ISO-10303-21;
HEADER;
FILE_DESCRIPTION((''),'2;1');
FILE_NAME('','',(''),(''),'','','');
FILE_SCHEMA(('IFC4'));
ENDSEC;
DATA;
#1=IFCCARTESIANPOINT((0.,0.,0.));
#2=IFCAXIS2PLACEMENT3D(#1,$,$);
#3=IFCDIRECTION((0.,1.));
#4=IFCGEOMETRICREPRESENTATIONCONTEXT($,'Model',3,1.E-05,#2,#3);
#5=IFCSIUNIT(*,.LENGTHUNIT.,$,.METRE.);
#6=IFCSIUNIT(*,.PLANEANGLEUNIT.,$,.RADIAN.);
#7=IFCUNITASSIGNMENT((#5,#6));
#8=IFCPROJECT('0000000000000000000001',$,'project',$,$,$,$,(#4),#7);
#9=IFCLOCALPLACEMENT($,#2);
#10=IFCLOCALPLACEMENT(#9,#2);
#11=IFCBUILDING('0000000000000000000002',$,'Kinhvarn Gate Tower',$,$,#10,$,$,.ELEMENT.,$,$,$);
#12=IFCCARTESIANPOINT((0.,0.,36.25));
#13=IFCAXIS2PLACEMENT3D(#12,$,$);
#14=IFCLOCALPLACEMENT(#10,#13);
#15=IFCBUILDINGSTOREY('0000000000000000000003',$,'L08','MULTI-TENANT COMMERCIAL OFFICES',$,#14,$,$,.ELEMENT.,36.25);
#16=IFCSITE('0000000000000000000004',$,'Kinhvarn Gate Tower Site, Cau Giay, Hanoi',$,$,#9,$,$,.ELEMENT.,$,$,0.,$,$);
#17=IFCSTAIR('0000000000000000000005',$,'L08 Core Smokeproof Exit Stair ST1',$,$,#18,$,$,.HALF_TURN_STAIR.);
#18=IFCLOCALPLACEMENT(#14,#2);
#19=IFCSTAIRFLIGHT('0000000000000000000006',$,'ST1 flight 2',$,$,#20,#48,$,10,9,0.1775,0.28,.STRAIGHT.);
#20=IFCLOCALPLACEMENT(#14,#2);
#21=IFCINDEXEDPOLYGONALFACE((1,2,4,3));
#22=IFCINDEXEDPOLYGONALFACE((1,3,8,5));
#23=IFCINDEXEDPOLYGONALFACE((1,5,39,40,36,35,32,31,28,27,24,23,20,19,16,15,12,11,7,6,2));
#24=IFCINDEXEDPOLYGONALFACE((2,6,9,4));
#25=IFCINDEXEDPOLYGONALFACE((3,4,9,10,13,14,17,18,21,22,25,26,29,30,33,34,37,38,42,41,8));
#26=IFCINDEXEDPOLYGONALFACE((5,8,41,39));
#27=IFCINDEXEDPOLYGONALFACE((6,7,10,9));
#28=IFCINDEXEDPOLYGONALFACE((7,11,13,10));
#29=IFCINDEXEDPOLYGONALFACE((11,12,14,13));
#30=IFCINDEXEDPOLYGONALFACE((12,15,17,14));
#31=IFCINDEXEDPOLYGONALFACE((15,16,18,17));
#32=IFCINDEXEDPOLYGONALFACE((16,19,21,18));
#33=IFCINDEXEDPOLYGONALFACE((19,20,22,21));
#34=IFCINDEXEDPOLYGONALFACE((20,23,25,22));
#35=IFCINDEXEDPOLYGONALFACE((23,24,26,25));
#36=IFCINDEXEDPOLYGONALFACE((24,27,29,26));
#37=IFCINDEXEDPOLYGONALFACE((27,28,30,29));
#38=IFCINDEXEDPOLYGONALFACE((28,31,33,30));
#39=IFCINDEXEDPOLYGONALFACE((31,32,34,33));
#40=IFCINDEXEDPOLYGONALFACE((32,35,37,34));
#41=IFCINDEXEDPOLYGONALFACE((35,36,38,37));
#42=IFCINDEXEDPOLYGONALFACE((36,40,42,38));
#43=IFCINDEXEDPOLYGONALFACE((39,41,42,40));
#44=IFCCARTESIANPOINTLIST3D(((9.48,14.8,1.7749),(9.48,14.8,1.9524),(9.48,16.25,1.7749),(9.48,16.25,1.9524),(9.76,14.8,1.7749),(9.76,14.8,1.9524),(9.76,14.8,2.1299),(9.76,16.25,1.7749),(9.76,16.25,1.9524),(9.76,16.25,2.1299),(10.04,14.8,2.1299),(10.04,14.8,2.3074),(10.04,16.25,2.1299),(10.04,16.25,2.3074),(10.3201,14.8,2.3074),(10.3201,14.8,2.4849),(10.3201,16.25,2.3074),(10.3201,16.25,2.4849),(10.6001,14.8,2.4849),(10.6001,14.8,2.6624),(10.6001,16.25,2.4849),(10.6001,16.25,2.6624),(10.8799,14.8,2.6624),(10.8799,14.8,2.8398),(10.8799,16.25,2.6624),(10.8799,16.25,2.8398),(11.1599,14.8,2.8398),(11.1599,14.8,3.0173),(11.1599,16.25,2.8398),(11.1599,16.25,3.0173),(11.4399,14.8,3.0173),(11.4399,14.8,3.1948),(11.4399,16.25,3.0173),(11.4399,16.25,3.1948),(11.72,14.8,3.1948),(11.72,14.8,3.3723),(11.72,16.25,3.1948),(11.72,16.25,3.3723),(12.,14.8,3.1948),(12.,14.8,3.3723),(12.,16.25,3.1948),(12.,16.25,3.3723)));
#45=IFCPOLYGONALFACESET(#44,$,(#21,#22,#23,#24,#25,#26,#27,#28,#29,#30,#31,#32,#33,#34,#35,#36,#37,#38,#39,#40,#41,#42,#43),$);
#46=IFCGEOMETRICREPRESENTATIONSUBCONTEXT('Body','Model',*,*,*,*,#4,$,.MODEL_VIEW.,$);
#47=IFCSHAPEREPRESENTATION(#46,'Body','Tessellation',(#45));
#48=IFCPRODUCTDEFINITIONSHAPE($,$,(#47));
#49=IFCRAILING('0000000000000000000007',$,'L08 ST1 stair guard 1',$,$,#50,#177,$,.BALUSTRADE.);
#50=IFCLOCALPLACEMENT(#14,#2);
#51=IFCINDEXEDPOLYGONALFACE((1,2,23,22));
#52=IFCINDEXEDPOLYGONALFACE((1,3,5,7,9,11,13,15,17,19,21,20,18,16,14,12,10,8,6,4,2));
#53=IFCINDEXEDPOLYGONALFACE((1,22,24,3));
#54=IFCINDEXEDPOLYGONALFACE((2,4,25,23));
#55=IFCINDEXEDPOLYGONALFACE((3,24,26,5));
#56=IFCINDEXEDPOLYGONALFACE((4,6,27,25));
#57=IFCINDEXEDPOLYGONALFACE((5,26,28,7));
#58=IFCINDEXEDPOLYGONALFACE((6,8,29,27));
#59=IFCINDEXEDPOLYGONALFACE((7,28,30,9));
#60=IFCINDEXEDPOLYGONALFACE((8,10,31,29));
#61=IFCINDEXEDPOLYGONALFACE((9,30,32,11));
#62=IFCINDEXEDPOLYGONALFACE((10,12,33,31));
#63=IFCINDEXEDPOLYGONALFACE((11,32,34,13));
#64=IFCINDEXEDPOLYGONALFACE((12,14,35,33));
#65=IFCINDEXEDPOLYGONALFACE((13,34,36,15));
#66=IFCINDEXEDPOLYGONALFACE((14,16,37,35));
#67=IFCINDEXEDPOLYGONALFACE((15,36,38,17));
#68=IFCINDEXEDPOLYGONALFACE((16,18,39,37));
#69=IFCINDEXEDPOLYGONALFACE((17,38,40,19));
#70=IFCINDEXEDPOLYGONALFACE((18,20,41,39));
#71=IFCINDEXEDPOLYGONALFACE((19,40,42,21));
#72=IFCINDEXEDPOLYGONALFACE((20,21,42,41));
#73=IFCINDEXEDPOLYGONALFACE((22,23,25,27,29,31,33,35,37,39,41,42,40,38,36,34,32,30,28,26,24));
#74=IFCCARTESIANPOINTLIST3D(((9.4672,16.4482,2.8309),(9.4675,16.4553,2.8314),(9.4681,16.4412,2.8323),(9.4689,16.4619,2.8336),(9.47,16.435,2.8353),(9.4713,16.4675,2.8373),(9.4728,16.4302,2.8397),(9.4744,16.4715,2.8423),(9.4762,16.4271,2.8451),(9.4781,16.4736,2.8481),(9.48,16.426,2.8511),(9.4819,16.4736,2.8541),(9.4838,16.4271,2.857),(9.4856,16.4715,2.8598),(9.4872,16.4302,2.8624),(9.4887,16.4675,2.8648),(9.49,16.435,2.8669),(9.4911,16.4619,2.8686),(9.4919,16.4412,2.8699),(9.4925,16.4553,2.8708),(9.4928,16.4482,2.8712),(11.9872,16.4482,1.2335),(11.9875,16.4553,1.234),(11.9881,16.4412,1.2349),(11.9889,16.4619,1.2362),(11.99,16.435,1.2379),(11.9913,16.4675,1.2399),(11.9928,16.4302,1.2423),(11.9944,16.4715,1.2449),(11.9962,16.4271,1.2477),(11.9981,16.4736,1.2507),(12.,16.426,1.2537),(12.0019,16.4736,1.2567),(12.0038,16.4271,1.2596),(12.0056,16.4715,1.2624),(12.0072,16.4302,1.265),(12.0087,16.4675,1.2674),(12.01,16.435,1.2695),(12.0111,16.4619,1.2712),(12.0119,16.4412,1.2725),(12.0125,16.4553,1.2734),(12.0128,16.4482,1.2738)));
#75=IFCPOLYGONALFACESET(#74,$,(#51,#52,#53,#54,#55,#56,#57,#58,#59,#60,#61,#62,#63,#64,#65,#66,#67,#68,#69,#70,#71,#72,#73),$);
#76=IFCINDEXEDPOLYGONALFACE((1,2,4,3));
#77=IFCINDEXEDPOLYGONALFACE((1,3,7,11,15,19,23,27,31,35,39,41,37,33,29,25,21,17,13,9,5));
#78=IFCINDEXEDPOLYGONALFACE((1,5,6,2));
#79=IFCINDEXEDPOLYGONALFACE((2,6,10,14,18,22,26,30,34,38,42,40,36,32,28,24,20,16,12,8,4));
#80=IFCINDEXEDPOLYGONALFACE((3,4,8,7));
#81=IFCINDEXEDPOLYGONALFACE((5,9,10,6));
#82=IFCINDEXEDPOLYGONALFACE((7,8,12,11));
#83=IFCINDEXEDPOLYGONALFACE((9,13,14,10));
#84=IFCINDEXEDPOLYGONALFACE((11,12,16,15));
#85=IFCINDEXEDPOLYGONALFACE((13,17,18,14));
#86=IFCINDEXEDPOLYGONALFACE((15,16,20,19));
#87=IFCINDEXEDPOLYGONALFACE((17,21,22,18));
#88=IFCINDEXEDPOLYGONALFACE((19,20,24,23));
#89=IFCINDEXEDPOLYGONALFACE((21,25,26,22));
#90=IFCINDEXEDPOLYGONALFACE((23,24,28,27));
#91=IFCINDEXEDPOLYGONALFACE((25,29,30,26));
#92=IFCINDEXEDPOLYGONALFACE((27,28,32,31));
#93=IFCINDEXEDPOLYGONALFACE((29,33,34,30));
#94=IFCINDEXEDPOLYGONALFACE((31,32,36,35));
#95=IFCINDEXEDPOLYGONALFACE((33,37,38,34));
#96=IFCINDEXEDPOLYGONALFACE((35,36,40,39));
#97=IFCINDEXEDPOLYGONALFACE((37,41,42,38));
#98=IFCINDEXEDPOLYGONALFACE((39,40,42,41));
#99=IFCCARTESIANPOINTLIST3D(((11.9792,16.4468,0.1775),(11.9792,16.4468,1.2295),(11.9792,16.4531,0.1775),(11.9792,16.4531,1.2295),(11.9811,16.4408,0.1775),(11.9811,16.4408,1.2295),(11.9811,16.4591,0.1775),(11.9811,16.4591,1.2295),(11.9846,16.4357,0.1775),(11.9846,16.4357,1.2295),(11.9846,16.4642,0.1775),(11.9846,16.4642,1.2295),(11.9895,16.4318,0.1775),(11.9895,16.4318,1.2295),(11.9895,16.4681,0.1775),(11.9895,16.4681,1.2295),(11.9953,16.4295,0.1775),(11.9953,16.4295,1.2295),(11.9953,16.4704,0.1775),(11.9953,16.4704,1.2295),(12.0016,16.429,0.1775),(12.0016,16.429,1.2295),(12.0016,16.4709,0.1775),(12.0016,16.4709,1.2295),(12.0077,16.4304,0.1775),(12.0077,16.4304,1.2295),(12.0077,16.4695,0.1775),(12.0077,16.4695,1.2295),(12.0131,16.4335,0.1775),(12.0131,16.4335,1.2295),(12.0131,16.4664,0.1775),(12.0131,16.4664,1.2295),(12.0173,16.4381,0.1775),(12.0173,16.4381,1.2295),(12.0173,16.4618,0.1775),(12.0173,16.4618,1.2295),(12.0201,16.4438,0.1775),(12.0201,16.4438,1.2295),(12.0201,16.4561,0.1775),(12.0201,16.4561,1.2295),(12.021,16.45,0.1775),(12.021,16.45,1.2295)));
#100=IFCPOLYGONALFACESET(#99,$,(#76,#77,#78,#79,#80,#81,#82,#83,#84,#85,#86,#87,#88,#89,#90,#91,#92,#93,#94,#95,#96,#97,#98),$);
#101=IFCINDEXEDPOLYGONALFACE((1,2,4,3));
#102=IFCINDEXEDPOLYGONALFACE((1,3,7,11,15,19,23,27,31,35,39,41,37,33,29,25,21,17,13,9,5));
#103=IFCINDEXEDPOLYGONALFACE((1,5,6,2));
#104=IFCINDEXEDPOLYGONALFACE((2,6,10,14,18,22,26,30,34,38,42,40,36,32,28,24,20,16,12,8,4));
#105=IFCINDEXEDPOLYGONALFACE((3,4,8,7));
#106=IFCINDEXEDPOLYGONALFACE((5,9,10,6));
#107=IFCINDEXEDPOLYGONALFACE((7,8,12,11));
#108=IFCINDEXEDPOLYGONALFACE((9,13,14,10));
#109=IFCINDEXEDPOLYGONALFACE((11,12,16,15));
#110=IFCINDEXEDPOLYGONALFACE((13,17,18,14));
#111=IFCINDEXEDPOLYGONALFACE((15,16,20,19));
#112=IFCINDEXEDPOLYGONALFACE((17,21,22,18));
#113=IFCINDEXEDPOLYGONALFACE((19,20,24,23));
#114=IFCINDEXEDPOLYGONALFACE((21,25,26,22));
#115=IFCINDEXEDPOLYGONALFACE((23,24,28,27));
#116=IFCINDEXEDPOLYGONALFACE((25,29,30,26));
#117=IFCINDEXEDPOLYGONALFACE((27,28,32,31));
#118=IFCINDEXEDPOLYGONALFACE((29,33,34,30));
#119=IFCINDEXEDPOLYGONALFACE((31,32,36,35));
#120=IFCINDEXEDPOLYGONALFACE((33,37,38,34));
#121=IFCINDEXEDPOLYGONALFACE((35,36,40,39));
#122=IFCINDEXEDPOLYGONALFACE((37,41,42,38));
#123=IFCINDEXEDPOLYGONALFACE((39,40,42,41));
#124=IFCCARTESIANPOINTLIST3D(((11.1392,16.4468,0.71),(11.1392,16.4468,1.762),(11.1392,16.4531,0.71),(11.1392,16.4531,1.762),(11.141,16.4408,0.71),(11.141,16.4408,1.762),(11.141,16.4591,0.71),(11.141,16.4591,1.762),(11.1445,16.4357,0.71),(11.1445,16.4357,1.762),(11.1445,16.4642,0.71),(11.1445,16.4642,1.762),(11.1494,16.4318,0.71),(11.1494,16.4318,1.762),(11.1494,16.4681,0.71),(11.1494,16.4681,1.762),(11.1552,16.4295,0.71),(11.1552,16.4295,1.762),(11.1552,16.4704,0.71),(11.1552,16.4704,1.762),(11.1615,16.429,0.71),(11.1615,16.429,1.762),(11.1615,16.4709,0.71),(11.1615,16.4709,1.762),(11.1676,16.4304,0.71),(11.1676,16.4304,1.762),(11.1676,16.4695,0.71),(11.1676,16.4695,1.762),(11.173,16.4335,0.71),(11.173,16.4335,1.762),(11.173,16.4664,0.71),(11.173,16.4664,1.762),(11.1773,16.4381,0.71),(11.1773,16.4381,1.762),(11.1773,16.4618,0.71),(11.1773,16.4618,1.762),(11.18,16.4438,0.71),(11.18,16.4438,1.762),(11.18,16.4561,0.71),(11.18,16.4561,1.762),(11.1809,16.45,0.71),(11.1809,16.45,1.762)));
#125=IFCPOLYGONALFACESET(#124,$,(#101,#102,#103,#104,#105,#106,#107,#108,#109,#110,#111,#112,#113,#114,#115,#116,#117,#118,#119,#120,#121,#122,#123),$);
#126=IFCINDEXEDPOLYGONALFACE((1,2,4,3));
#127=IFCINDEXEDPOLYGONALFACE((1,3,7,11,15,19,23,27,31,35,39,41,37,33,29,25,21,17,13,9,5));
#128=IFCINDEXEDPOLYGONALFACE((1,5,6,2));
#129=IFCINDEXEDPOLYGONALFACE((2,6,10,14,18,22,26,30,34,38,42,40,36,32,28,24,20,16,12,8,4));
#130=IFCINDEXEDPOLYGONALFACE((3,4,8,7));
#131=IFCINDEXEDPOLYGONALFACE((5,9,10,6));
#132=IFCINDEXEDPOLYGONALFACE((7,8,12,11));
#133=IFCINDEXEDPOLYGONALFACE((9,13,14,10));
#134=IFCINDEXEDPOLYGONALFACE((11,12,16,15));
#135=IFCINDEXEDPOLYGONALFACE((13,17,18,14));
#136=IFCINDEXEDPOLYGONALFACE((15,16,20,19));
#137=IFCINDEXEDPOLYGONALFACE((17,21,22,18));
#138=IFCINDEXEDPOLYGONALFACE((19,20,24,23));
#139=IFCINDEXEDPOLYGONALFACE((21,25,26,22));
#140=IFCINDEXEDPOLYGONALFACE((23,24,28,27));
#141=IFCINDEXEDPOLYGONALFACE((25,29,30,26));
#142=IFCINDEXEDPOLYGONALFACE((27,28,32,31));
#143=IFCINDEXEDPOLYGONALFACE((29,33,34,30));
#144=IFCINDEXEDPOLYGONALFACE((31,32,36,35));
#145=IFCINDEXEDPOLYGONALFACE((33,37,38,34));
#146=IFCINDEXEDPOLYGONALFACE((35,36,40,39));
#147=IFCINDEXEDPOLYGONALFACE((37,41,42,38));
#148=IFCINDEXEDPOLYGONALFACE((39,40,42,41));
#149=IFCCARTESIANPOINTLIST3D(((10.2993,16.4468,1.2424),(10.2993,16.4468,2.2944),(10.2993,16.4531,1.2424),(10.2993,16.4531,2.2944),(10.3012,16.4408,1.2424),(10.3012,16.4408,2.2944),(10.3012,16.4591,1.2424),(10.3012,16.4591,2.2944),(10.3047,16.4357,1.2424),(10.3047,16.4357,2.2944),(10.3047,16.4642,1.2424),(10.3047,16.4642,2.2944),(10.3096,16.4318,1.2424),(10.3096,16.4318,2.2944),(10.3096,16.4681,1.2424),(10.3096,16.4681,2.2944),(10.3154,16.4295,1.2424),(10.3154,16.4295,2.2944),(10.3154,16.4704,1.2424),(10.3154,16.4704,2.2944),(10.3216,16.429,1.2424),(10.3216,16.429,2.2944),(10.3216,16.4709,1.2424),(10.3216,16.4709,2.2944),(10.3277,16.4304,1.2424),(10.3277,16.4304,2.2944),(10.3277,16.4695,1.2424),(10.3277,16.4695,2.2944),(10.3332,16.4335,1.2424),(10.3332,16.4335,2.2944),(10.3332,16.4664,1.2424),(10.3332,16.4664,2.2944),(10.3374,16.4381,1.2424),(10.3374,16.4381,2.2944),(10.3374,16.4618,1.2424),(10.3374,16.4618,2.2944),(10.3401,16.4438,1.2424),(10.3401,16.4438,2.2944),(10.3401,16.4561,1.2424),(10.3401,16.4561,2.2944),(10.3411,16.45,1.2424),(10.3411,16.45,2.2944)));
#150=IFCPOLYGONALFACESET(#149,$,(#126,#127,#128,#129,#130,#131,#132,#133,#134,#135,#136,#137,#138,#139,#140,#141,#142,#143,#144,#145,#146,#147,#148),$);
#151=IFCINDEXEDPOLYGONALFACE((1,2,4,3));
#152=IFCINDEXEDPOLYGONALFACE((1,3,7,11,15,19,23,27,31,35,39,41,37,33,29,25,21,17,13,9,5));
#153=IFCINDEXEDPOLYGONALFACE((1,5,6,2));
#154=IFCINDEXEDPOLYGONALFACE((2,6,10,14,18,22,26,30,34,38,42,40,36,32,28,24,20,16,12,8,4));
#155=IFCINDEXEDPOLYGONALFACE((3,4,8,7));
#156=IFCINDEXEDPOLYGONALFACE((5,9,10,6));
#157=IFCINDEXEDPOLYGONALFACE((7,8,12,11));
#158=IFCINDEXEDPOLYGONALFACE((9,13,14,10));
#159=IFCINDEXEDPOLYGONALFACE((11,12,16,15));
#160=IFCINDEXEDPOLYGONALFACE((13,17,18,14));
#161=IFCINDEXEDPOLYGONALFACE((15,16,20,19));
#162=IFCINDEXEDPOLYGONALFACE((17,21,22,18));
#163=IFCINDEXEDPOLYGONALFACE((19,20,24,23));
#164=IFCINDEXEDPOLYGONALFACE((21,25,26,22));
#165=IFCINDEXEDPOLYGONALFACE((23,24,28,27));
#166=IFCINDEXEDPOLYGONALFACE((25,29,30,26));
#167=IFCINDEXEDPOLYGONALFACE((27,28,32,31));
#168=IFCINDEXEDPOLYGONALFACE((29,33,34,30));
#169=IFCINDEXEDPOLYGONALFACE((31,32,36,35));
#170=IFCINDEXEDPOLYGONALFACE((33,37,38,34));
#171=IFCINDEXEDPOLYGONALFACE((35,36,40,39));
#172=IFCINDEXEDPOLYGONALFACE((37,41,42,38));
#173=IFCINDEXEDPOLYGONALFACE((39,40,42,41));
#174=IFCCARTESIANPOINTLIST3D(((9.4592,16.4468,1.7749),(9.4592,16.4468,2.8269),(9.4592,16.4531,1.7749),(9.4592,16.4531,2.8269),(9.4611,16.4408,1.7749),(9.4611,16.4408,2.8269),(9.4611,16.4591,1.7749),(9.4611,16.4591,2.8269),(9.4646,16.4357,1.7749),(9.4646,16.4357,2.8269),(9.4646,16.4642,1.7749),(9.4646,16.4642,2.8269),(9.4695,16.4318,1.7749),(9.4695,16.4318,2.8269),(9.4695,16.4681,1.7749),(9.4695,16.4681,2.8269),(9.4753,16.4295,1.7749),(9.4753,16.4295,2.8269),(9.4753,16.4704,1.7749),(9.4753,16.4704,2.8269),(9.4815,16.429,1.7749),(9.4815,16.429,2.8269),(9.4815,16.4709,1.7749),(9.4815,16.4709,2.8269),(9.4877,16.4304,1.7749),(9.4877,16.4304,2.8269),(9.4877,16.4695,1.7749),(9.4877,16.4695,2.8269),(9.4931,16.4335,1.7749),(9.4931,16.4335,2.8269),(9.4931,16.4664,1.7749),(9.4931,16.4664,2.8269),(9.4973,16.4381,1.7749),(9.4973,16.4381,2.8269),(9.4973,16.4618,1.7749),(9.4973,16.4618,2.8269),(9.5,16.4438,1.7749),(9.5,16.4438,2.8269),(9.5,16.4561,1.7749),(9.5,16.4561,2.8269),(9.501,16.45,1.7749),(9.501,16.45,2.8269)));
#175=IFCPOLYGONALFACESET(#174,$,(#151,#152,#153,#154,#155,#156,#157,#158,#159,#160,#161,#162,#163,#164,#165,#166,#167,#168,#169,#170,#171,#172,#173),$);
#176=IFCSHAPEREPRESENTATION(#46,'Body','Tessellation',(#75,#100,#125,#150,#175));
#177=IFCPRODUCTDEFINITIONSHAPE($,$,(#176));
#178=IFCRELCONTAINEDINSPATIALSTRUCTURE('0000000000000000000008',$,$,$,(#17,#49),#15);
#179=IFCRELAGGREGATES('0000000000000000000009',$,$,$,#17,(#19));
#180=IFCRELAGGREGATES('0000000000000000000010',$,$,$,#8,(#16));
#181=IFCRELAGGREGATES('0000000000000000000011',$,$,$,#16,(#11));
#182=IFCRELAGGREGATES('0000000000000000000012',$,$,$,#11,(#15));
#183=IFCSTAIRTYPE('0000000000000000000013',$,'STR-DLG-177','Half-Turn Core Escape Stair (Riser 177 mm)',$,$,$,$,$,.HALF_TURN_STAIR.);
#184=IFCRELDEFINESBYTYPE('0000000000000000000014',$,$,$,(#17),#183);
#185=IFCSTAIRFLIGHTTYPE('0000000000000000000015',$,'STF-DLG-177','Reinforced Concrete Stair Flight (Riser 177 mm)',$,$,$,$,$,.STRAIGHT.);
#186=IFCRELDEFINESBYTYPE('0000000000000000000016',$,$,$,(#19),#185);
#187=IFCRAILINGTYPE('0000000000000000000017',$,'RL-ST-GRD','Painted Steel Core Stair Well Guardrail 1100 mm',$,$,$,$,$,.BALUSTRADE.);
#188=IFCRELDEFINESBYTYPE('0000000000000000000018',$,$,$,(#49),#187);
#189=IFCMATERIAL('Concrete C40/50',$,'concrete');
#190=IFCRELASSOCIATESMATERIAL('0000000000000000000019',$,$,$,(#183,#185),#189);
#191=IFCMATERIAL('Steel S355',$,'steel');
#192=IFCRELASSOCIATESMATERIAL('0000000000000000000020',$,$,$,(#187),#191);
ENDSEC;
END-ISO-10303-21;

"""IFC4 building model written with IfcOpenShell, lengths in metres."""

from ifc_helpers import new_model, si_unit, direction, frame, origin, origin_2d, place, context, subcontext, project, spatial, polyline, circle, outline, extrude, material, type_object, element, aggregate, save


model = new_model("IFC4")

# Units and contexts
model_context = context("Model", 3, precision=1e-05, world=origin(), true_north=direction((0.0, 1.0)))
body_context = subcontext(model_context, "Body", "Model", "MODEL_VIEW")
ifc_project = project(units=[si_unit("LENGTHUNIT", "METRE"), si_unit("PLANEANGLEUNIT", "RADIAN")], contexts=[model_context])

# Site, building, storey
site_placement = place(None, origin())
site = spatial("IfcSite", under=ifc_project, at=site_placement, Name="Kinhvarn Gate Tower Site, Cau Giay, Hanoi", CompositionType="ELEMENT", RefElevation=0.0)
building_placement = place(site_placement, origin())
building = spatial("IfcBuilding", under=site, at=building_placement, Name="Kinhvarn Gate Tower", CompositionType="ELEMENT")
storey_placement = place(building_placement, frame((0.0, 0.0, 36.25)))
storey = spatial("IfcBuildingStorey", under=building, at=storey_placement, Name="L08", Description="MULTI-TENANT COMMERCIAL OFFICES", CompositionType="ELEMENT", Elevation=36.25)

# Shared definitions
ifc_material_1 = material(Name="Steel S355", Category="steel")

# Shared definitions
ifc_material_2 = material(Name="Concrete C40/50", Category="concrete")

# Stair, stair flight
stair_type = type_object("IfcStairType", Name="STR-DLG-177", Description="Half-Turn Core Escape Stair (Riser 177 mm)", PredefinedType="HALF_TURN_STAIR", material=ifc_material_2)
stair_placement = place(storey_placement, origin())
stair = element("IfcStair", 1, at=stair_placement, inside=storey, type_object=stair_type, Name="L08 Core Smokeproof Exit Stair ST1", PredefinedType="HALF_TURN_STAIR")
stair_flight_type = type_object("IfcStairFlightType", Name="STF-DLG-177", Description="Reinforced Concrete Stair Flight (Riser 177 mm)", PredefinedType="STRAIGHT", material=ifc_material_2)
stair_flight_1_placement = place(storey_placement, frame((9.48, 15.5249, 1.7749), z_axis=(0.0, 0.0, 1.0), x_axis=(1.0, 0.0, 0.0)))
stair_flight_1 = element("IfcStairFlight", 2, at=stair_flight_1_placement, type_object=stair_flight_type, Name="ST1 flight 2", NumberOfRisers=10, NumberOfTreads=9, PredefinedType="STRAIGHT", RiserHeight=0.1775, TreadLength=0.28, context=body_context, shape_type="SweptSolid", body=[
    extrude(outline(polyline([(0.0, 0.0), (0.0, 0.1775), (0.28, 0.1775), (0.28, 0.355), (0.5601, 0.355), (0.5601, 0.5325), (0.8401, 0.5325), (0.8401, 0.71), (1.1201, 0.71), (1.1201, 0.8875), (1.3999, 0.8875), (1.3999, 1.0649), (1.6799, 1.0649), (1.6799, 1.2424), (1.96, 1.2424), (1.96, 1.4199), (2.24, 1.4199), (2.24, 1.5974), (2.52, 1.5974), (2.52, 1.7749), (2.52, 1.4199), (0.28, 0.0), (0.0, 0.0)])), frame((0.0, 0.7251, 0.0), z_axis=(0.0, -1.0, 0.0), x_axis=(1.0, 0.0, 0.0)), (0.0, 0.0, 1.0), 1.45),
])
aggregate(stair, [stair_flight_1])

# Railing
railing_type_1 = type_object("IfcRailingType", Name="RL-ST-GRD", Description="Painted Steel Core Stair Well Guardrail 1100 mm", PredefinedType="BALUSTRADE", material=ifc_material_1)
railing_1_placement = place(storey_placement, frame((12.0, 16.45, 0.1775)))
element("IfcRailing", 3, at=railing_1_placement, inside=storey, type_object=railing_type_1, Name="L08 ST1 stair guard 1", PredefinedType="BALUSTRADE", context=body_context, shape_type="SweptSolid", body=[
    extrude(circle(Radius=0.0239, at=origin_2d()), frame((0.0, 0.0, 1.0762), z_axis=(-0.844607, 0.0, 0.535387), x_axis=(0.0, -1.0, 0.0)), (0.0, 0.0, 1.0), 2.9836),
    extrude(circle(Radius=0.021, at=origin_2d()), origin(), (0.0, 0.0, 1.0), 1.052),
    extrude(circle(Radius=0.021, at=origin_2d()), frame((-0.8401, 0.0, 0.5325)), (0.0, 0.0, 1.0), 1.052),
    extrude(circle(Radius=0.021, at=origin_2d()), frame((-1.6799, 0.0, 1.0649)), (0.0, 0.0, 1.0), 1.052),
    extrude(circle(Radius=0.021, at=origin_2d()), frame((-2.52, 0.0, 1.5974)), (0.0, 0.0, 1.0), 1.052),
])

save(model, "model.ifc")
